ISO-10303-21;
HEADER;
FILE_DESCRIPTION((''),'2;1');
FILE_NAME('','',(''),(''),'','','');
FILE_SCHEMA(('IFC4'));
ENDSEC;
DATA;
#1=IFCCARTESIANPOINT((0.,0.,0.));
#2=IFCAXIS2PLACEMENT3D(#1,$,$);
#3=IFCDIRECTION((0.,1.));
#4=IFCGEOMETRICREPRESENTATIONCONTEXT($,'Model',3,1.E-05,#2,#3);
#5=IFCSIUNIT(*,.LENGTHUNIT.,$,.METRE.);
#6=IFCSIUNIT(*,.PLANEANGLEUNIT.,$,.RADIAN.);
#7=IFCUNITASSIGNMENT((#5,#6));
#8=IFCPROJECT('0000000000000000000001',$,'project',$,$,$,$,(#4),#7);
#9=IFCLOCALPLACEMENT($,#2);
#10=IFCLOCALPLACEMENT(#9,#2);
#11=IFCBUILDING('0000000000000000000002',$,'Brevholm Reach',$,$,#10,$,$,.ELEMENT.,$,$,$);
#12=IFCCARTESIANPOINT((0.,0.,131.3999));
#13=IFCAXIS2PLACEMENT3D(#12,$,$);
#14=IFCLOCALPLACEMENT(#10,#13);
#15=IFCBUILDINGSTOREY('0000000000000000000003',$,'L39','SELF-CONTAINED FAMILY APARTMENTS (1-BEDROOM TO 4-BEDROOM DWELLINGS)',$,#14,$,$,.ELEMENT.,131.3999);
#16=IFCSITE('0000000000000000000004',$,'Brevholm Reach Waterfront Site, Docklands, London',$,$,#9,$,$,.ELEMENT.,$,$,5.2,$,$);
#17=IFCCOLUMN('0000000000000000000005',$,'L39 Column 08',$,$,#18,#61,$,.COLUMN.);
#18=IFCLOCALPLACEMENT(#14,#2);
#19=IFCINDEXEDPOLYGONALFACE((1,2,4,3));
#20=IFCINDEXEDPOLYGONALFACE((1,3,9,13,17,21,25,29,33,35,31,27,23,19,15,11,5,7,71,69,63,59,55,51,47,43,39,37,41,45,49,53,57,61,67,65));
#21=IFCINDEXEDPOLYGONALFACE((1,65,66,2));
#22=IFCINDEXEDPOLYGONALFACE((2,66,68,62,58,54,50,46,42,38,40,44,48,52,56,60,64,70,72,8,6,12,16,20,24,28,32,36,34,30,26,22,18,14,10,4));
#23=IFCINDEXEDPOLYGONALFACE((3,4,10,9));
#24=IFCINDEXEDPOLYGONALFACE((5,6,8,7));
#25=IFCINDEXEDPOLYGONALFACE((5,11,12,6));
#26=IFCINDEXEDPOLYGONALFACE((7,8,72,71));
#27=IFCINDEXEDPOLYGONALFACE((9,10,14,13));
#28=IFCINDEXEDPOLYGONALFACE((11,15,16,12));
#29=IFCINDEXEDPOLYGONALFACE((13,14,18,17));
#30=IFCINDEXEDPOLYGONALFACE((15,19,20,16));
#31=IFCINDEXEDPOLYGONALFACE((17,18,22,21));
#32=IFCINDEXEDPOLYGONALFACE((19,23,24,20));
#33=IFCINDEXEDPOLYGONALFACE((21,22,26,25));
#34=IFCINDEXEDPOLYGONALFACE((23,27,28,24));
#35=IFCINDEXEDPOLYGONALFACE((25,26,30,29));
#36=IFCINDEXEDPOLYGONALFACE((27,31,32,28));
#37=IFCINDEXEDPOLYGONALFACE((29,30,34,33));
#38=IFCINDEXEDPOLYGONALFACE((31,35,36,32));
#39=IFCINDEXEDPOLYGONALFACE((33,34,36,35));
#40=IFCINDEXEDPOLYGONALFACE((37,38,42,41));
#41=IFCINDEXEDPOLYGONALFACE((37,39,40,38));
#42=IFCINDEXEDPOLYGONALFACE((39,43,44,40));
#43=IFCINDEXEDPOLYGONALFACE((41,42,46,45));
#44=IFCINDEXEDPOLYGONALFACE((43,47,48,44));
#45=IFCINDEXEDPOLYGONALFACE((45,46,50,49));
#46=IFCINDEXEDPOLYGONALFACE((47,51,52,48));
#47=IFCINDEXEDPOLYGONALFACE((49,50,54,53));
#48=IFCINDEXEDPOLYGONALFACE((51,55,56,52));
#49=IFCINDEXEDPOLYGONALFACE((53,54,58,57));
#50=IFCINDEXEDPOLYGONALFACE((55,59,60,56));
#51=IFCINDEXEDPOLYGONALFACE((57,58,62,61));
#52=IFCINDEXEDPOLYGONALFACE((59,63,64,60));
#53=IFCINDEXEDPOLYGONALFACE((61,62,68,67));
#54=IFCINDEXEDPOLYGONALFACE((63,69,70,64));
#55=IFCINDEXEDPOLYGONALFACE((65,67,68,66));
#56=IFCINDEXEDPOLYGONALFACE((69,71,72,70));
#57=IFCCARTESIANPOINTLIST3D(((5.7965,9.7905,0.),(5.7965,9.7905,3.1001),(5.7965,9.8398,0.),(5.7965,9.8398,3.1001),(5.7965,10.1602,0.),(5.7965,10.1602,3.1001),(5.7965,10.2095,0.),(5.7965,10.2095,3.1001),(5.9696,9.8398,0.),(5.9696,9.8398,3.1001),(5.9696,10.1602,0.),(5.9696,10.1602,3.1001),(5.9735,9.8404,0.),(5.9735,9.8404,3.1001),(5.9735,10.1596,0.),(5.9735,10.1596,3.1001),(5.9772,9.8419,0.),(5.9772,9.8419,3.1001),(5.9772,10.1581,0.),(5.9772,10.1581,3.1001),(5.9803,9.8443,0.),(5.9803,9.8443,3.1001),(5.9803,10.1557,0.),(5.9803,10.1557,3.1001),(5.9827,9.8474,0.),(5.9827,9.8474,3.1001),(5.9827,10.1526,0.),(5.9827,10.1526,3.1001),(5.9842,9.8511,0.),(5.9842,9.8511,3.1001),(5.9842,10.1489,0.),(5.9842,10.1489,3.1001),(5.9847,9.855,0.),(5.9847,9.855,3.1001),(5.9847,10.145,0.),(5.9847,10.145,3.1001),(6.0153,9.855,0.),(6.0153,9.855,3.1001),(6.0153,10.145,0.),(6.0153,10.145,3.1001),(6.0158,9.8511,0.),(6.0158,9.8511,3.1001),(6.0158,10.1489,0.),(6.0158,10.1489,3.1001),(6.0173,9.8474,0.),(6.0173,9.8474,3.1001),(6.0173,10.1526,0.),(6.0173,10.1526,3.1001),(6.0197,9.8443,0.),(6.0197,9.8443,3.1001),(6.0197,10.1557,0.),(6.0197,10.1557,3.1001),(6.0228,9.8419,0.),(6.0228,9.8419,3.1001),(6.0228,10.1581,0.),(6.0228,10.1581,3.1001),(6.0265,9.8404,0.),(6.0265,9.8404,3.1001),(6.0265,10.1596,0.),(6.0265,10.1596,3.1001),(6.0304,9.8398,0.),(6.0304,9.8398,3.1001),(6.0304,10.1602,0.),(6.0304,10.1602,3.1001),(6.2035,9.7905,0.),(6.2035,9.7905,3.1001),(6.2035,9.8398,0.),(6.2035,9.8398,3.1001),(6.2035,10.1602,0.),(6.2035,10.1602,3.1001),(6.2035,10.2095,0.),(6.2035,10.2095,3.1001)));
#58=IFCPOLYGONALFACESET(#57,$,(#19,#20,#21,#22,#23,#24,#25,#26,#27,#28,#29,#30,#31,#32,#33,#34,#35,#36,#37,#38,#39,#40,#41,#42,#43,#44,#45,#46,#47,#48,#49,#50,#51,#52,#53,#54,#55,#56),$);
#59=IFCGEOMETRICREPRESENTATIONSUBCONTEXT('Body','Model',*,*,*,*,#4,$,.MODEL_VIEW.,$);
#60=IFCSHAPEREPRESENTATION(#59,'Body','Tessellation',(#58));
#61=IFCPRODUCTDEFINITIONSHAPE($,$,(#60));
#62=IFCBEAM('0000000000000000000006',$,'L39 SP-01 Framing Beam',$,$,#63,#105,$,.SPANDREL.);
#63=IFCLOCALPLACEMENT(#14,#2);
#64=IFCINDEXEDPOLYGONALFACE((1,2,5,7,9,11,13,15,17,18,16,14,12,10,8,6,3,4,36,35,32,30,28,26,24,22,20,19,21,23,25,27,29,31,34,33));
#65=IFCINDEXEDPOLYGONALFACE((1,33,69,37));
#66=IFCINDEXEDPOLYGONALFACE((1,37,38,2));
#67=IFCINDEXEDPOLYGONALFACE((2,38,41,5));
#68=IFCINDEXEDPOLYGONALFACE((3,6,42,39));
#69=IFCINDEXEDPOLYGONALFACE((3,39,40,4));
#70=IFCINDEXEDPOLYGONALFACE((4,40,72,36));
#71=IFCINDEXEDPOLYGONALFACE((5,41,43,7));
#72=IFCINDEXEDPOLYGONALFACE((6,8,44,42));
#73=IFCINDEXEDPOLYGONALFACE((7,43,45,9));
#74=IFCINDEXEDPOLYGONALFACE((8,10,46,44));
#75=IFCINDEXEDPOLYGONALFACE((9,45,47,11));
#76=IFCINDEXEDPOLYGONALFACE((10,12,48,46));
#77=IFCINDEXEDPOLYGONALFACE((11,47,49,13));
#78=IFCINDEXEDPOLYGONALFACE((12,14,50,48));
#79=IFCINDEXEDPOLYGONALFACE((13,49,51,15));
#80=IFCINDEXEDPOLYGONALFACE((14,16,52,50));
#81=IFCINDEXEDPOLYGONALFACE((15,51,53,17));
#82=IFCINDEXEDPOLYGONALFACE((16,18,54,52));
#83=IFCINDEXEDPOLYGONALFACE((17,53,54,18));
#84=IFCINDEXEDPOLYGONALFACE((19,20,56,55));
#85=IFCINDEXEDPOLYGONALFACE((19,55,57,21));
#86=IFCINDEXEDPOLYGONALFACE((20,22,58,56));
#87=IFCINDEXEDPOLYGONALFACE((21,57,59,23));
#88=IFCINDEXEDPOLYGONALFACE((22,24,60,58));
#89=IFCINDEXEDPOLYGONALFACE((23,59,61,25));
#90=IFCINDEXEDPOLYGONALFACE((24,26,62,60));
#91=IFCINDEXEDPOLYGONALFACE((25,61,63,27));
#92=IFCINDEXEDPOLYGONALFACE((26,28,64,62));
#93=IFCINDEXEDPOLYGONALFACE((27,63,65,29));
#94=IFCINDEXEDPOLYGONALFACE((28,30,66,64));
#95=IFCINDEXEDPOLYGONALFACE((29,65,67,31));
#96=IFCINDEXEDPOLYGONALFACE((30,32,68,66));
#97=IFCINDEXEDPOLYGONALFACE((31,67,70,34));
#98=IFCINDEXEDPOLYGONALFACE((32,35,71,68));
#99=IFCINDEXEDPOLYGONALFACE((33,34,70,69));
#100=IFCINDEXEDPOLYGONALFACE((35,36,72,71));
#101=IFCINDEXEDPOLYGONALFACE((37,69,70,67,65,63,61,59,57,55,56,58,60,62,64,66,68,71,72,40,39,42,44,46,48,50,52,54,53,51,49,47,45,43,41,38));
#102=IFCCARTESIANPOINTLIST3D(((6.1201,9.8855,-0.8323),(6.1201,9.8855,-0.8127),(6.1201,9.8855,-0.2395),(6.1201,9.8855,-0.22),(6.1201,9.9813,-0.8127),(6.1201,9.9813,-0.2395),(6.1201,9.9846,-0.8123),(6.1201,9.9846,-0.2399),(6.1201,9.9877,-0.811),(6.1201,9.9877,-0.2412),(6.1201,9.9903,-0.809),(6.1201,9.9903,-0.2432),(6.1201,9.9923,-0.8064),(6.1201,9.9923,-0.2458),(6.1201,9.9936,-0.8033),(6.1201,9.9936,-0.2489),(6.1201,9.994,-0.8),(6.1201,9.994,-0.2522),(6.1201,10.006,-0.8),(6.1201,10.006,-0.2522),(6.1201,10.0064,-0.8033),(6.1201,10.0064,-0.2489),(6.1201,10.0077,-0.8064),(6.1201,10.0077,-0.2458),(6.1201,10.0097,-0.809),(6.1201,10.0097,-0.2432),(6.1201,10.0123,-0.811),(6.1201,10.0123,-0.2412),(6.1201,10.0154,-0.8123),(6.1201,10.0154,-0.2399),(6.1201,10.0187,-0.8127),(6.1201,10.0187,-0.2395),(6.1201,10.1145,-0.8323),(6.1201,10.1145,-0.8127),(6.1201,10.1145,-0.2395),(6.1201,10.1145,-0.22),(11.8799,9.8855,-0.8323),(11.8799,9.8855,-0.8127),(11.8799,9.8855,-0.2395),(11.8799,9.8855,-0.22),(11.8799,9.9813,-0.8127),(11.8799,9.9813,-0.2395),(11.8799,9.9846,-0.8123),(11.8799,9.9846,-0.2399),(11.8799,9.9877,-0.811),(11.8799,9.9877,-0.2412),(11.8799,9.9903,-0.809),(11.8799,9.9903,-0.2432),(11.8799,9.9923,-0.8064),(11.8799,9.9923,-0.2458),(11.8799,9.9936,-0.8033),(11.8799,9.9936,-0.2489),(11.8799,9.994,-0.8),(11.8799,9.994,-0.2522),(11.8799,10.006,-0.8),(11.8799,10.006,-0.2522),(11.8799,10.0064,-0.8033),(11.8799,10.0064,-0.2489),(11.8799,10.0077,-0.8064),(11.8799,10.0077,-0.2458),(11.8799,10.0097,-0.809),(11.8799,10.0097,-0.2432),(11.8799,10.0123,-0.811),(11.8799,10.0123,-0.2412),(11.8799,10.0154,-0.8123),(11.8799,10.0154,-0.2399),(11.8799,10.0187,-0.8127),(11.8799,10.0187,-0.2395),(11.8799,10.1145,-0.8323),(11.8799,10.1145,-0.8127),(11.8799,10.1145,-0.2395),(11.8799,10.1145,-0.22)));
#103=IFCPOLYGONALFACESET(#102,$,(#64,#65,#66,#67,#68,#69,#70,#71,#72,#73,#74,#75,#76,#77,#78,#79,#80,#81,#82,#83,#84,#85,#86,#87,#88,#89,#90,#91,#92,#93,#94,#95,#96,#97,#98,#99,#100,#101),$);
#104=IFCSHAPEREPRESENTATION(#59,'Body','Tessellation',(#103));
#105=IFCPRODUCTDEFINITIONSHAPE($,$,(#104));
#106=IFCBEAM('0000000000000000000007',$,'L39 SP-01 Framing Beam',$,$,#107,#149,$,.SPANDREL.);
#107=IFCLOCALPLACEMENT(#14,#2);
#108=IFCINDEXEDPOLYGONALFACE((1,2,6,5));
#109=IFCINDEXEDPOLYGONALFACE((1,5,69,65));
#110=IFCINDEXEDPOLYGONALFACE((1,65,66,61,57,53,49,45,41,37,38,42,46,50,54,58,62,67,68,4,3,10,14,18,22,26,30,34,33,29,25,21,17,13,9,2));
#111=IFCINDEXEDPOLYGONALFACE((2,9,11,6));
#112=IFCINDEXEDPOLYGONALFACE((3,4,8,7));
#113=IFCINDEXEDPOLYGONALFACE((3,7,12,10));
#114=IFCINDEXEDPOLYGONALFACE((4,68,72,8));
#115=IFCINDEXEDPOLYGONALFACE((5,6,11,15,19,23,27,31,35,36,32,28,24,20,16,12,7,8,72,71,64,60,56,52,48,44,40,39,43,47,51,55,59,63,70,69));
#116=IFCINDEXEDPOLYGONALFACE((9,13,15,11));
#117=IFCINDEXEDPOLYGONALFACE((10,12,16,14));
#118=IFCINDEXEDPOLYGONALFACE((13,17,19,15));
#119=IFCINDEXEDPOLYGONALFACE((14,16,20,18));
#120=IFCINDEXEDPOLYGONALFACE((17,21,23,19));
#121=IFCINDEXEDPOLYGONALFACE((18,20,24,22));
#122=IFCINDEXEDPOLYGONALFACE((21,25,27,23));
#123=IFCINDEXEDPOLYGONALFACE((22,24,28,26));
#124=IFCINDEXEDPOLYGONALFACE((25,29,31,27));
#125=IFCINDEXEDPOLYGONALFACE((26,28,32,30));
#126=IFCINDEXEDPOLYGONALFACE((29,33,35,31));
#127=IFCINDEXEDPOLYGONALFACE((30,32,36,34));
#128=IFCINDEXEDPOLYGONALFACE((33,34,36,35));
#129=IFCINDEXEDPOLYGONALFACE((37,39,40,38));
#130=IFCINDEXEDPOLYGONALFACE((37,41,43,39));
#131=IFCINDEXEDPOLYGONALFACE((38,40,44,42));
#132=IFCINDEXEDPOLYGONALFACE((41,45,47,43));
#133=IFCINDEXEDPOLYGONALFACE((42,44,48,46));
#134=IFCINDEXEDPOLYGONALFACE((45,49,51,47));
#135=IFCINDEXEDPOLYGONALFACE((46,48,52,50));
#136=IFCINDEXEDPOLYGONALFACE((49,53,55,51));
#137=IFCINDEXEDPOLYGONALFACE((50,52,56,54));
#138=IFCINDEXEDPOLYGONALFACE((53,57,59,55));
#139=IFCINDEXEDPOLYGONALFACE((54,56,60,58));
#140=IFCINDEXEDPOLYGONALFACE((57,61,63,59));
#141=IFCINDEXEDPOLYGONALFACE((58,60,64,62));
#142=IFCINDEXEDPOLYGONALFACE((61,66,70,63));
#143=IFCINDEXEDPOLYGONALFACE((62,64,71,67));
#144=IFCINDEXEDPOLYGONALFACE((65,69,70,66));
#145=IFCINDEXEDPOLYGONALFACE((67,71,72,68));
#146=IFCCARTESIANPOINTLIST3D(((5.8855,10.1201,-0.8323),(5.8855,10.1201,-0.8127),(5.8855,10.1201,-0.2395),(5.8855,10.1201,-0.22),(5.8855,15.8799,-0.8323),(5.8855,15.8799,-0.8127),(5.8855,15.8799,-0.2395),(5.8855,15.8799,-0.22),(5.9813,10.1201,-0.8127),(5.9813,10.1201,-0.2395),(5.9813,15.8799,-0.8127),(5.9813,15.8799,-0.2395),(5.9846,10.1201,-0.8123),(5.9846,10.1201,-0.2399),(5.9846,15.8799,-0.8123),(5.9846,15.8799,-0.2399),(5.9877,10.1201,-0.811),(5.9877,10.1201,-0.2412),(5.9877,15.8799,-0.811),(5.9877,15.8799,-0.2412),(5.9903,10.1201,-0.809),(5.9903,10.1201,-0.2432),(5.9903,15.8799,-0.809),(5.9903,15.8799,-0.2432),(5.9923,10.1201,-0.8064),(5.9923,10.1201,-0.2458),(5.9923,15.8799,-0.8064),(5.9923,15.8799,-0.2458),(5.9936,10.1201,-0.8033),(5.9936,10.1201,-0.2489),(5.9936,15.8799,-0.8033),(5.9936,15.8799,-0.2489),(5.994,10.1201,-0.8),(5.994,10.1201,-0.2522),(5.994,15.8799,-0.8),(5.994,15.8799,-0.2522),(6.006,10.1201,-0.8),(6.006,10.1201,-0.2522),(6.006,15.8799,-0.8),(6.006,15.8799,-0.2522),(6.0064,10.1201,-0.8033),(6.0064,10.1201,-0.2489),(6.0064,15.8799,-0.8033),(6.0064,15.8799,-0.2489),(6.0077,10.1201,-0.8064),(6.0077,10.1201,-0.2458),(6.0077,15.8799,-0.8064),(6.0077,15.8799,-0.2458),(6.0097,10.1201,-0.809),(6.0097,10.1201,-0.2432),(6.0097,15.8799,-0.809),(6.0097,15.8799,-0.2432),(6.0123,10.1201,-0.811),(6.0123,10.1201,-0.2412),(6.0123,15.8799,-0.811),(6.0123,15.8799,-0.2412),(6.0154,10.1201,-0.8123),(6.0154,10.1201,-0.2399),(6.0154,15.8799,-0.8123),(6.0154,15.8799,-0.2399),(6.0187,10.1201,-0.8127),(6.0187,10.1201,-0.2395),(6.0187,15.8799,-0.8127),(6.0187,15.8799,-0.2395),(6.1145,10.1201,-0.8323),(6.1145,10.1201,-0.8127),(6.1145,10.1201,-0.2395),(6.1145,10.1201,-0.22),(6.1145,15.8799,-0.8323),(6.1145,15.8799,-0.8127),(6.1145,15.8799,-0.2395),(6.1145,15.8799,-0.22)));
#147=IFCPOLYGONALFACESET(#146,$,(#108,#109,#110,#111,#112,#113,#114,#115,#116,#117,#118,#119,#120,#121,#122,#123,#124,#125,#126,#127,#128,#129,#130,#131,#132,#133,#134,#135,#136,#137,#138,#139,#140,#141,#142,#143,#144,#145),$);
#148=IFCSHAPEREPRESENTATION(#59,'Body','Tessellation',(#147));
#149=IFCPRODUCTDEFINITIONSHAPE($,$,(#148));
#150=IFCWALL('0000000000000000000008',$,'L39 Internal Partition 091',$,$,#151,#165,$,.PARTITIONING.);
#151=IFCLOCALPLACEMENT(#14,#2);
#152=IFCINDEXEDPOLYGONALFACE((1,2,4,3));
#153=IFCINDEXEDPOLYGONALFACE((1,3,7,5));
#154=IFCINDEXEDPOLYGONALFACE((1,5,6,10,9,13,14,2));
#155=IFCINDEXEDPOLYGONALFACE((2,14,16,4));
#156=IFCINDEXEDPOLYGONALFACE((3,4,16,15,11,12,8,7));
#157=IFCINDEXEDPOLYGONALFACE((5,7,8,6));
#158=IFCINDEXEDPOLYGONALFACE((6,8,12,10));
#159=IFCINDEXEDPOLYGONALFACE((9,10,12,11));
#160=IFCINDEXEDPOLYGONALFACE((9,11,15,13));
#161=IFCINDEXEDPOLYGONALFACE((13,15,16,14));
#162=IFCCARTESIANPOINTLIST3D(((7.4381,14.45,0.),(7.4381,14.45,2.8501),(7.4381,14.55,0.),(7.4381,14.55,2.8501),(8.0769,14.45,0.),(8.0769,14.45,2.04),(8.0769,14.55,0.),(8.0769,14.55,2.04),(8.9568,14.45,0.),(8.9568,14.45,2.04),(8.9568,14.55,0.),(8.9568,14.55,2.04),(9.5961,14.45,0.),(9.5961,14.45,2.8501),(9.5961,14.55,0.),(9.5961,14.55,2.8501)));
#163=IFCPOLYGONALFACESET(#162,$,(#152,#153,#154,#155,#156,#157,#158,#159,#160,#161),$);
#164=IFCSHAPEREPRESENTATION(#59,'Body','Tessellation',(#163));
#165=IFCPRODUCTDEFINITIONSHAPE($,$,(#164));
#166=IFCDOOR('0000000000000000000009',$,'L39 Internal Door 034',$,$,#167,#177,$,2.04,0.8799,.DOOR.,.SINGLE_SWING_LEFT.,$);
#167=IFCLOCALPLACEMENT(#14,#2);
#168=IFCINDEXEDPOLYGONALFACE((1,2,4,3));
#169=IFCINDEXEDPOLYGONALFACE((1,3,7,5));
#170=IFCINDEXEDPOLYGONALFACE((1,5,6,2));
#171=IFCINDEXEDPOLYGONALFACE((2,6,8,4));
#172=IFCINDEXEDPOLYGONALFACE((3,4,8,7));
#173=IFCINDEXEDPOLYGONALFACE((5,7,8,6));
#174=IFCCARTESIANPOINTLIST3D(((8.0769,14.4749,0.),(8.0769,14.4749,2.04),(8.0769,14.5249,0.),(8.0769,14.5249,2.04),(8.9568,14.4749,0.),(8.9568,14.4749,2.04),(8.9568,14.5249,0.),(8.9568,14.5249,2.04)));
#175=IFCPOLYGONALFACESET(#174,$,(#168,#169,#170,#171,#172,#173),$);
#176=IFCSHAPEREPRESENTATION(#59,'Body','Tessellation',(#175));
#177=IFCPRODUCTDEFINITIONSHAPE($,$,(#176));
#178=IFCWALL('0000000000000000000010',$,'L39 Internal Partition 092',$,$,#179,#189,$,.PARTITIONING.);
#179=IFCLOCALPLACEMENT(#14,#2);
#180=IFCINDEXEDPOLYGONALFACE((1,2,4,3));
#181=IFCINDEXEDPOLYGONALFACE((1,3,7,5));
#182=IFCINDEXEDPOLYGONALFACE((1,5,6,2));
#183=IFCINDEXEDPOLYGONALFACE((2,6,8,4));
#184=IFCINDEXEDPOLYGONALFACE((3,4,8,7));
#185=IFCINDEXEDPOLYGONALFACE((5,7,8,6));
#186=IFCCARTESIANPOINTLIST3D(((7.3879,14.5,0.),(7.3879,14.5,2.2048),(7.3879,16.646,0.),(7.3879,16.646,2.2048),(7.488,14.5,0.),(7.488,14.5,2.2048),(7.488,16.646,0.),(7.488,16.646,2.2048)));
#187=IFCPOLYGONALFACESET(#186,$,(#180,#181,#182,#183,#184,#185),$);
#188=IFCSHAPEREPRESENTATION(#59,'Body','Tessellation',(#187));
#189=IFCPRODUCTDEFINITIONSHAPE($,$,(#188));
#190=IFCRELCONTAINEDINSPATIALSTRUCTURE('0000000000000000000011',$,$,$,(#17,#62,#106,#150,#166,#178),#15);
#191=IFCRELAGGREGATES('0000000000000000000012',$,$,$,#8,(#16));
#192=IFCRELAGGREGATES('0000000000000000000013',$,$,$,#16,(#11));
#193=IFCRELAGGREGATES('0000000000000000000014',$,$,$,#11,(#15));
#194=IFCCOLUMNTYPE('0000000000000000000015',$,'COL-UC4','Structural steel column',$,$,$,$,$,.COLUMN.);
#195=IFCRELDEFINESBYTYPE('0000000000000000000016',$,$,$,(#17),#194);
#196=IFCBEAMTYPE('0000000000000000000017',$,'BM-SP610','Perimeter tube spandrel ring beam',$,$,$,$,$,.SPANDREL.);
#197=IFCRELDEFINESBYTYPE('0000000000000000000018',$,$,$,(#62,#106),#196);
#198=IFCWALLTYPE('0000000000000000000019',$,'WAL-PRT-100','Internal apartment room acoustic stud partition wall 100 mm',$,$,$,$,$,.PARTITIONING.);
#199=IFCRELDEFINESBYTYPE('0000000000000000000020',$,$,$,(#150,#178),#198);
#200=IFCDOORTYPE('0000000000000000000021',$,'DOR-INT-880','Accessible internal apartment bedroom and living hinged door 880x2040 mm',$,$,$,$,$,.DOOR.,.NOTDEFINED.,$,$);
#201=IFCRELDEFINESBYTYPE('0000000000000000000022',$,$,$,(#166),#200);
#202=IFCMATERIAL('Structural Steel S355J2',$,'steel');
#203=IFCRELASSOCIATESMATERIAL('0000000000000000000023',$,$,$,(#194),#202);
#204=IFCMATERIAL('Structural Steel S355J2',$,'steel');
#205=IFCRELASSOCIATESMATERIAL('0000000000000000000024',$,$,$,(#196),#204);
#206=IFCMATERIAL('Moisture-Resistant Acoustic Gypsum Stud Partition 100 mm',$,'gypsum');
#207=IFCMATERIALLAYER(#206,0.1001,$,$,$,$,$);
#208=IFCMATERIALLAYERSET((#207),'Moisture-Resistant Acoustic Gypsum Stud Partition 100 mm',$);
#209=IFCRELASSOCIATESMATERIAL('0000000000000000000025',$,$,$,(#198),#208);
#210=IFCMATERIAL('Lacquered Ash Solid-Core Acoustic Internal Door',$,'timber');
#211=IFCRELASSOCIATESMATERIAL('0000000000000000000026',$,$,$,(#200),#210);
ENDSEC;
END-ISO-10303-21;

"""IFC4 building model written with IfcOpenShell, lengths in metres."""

from ifc_helpers import new_model, si_unit, direction, frame, frame_2d, origin, origin_2d, place, context, subcontext, project, spatial, rectangle, i_section, extrude, material, layer, layer_set, material_profile, profile_set, type_object, element, fill, save


model = new_model("IFC4")

# Units and contexts
model_context = context("Model", 3, precision=1e-05, world=origin(), true_north=direction((0.0, 1.0)))
body_context = subcontext(model_context, "Body", "Model", "MODEL_VIEW")
ifc_project = project(units=[si_unit("LENGTHUNIT", "METRE"), si_unit("PLANEANGLEUNIT", "RADIAN")], contexts=[model_context])

# Site, building, storey
site_placement = place(None, origin())
site = spatial("IfcSite", under=ifc_project, at=site_placement, Name="Brevholm Reach Waterfront Site, Docklands, London", CompositionType="ELEMENT", RefElevation=5.2)
building_placement = place(site_placement, origin())
building = spatial("IfcBuilding", under=site, at=building_placement, Name="Brevholm Reach", CompositionType="ELEMENT")
storey_placement = place(building_placement, frame((0.0, 0.0, 131.3999)))
storey = spatial("IfcBuildingStorey", under=building, at=storey_placement, Name="L39", Description="SELF-CONTAINED FAMILY APARTMENTS (1-BEDROOM TO 4-BEDROOM DWELLINGS)", CompositionType="ELEMENT", Elevation=131.3999)

# Column
ifc_material_1 = material(Name="Structural Steel S355J2", Category="steel")
ifc_material_profile_1 = material_profile(ifc_material_1, i_section(OverallWidth=0.407, OverallDepth=0.4189, WebThickness=0.0305, FlangeThickness=0.0493, FilletRadius=0.0151, at=origin_2d()), Name="UKC 356x406x393")
ifc_profile_set_1 = profile_set([ifc_material_profile_1], Name="Structural Steel S355J2")
column_type = type_object("IfcColumnType", Name="COL-UC4", Description="Structural steel column", PredefinedType="COLUMN", material=ifc_profile_set_1)
column_placement = place(storey_placement, frame((6.0, 10.0, 0.0), z_axis=(0.0, 0.0, 1.0), x_axis=(1.0, 0.0, 0.0)))
element("IfcColumn", 1, at=column_placement, inside=storey, type_object=column_type, Name="L39 Column 08", PredefinedType="COLUMN", context=body_context, shape_type="SweptSolid", body=[
    extrude(i_section(OverallWidth=0.407, OverallDepth=0.4189, WebThickness=0.0305, FlangeThickness=0.0493, FilletRadius=0.0151, at=origin_2d()), origin(), (0.0, 0.0, 1.0), 3.1001),
])

# Beams
ifc_material_2 = material(Name="Structural Steel S355J2", Category="steel")
ifc_material_profile_2 = material_profile(ifc_material_2, i_section(OverallWidth=0.229, OverallDepth=0.6123, WebThickness=0.012, FlangeThickness=0.0195, FilletRadius=0.0127, at=origin_2d()), Name="UKB 610x229x125")
ifc_profile_set_2 = profile_set([ifc_material_profile_2], Name="Structural Steel S355J2")
beam_type = type_object("IfcBeamType", Name="BM-SP610", Description="Perimeter tube spandrel ring beam", PredefinedType="SPANDREL", material=ifc_profile_set_2)
for number, where, z_axis, x_axis, name in (
    (2, (6.1201, 10.0, -0.5261), (1.0, 0.0, 0.0), (0.0, 1.0, 0.0), "L39 SP-01 Framing Beam"),
    (3, (6.0, 10.1201, -0.5261), (0.0, 1.0, 0.0), (-1.0, 0.0, 0.0), "L39 SP-01 Framing Beam"),
):
    element("IfcBeam", number, at=place(storey_placement, frame(where, z_axis=z_axis, x_axis=x_axis)), inside=storey, type_object=beam_type, Name=name, PredefinedType="SPANDREL", context=body_context, shape_type="SweptSolid", body=[
        extrude(i_section(OverallWidth=0.229, OverallDepth=0.6123, WebThickness=0.012, FlangeThickness=0.0195, FilletRadius=0.0127, at=origin_2d()), origin(), (0.0, 0.0, 1.0), 5.7598),
    ])

# Wall, opening, door
ifc_material_3 = material(Name="Moisture-Resistant Acoustic Gypsum Stud Partition 100 mm", Category="gypsum")
ifc_layer_1 = layer(ifc_material_3, 0.1001)
ifc_layer_set_1 = layer_set([ifc_layer_1], Name="Moisture-Resistant Acoustic Gypsum Stud Partition 100 mm")
wall_type_1 = type_object("IfcWallType", Name="WAL-PRT-100", Description="Internal apartment room acoustic stud partition wall 100 mm", PredefinedType="PARTITIONING", material=ifc_layer_set_1)
wall_1_placement = place(storey_placement, frame((7.438, 14.5, 0.0), z_axis=(0.0, 0.0, 1.0), x_axis=(1.0, 0.0, 0.0)))
wall_1 = element("IfcWall", 4, at=wall_1_placement, inside=storey, type_object=wall_type_1, Name="L39 Internal Partition 091", PredefinedType="PARTITIONING", context=body_context, shape_type="SweptSolid", body=[
    extrude(rectangle(XDim=2.158, YDim=0.1001, at=frame_2d((1.0791, 0.0))), origin(), (0.0, 0.0, 1.0), 2.8501),
])
opening_1_placement = place(wall_1_placement, frame((0.6389, 0.0, 0.0)))
opening_1 = element("IfcOpeningElement", 5, at=opening_1_placement, cuts=wall_1, PredefinedType="OPENING", context=body_context, shape_type="SweptSolid", body=[
    extrude(rectangle(XDim=0.8799, YDim=2.04, at=frame_2d((0.4399, 1.02))), frame((0.0, 0.0601, 0.0), z_axis=(0.0, -1.0, 0.0), x_axis=(1.0, 0.0, 0.0)), (0.0, 0.0, 1.0), 0.1201),
])
ifc_material_4 = material(Name="Lacquered Ash Solid-Core Acoustic Internal Door", Category="timber")
door_type_1 = type_object("IfcDoorType", Name="DOR-INT-880", Description="Accessible internal apartment bedroom and living hinged door 880x2040 mm", OperationType="NOTDEFINED", PredefinedType="DOOR", material=ifc_material_4)
door_1_placement = place(opening_1_placement, origin())
door_1 = element("IfcDoor", 6, at=door_1_placement, inside=storey, type_object=door_type_1, Name="L39 Internal Door 034", OperationType="SINGLE_SWING_LEFT", OverallHeight=2.04, OverallWidth=0.8799, PredefinedType="DOOR", context=body_context, shape_type="SweptSolid", body=[
    extrude(rectangle(XDim=0.8799, YDim=2.04, at=frame_2d((0.4399, 1.02))), frame((0.0, 0.0249, 0.0), z_axis=(0.0, -1.0, 0.0), x_axis=(1.0, 0.0, 0.0)), (0.0, 0.0, 1.0), 0.05),
])
fill(opening_1, door_1)

# Wall
wall_2_placement = place(storey_placement, frame((7.438, 14.5, 0.0), z_axis=(0.0, 0.0, 1.0), x_axis=(0.0, 1.0, 0.0)))
element("IfcWall", 7, at=wall_2_placement, inside=storey, type_object=wall_type_1, Name="L39 Internal Partition 092", PredefinedType="PARTITIONING", context=body_context, shape_type="SweptSolid", body=[
    extrude(rectangle(XDim=2.146, YDim=0.1001, at=frame_2d((1.073, 0.0))), origin(), (0.0, 0.0, 1.0), 2.2048),
])

save(model, "model.ifc")
